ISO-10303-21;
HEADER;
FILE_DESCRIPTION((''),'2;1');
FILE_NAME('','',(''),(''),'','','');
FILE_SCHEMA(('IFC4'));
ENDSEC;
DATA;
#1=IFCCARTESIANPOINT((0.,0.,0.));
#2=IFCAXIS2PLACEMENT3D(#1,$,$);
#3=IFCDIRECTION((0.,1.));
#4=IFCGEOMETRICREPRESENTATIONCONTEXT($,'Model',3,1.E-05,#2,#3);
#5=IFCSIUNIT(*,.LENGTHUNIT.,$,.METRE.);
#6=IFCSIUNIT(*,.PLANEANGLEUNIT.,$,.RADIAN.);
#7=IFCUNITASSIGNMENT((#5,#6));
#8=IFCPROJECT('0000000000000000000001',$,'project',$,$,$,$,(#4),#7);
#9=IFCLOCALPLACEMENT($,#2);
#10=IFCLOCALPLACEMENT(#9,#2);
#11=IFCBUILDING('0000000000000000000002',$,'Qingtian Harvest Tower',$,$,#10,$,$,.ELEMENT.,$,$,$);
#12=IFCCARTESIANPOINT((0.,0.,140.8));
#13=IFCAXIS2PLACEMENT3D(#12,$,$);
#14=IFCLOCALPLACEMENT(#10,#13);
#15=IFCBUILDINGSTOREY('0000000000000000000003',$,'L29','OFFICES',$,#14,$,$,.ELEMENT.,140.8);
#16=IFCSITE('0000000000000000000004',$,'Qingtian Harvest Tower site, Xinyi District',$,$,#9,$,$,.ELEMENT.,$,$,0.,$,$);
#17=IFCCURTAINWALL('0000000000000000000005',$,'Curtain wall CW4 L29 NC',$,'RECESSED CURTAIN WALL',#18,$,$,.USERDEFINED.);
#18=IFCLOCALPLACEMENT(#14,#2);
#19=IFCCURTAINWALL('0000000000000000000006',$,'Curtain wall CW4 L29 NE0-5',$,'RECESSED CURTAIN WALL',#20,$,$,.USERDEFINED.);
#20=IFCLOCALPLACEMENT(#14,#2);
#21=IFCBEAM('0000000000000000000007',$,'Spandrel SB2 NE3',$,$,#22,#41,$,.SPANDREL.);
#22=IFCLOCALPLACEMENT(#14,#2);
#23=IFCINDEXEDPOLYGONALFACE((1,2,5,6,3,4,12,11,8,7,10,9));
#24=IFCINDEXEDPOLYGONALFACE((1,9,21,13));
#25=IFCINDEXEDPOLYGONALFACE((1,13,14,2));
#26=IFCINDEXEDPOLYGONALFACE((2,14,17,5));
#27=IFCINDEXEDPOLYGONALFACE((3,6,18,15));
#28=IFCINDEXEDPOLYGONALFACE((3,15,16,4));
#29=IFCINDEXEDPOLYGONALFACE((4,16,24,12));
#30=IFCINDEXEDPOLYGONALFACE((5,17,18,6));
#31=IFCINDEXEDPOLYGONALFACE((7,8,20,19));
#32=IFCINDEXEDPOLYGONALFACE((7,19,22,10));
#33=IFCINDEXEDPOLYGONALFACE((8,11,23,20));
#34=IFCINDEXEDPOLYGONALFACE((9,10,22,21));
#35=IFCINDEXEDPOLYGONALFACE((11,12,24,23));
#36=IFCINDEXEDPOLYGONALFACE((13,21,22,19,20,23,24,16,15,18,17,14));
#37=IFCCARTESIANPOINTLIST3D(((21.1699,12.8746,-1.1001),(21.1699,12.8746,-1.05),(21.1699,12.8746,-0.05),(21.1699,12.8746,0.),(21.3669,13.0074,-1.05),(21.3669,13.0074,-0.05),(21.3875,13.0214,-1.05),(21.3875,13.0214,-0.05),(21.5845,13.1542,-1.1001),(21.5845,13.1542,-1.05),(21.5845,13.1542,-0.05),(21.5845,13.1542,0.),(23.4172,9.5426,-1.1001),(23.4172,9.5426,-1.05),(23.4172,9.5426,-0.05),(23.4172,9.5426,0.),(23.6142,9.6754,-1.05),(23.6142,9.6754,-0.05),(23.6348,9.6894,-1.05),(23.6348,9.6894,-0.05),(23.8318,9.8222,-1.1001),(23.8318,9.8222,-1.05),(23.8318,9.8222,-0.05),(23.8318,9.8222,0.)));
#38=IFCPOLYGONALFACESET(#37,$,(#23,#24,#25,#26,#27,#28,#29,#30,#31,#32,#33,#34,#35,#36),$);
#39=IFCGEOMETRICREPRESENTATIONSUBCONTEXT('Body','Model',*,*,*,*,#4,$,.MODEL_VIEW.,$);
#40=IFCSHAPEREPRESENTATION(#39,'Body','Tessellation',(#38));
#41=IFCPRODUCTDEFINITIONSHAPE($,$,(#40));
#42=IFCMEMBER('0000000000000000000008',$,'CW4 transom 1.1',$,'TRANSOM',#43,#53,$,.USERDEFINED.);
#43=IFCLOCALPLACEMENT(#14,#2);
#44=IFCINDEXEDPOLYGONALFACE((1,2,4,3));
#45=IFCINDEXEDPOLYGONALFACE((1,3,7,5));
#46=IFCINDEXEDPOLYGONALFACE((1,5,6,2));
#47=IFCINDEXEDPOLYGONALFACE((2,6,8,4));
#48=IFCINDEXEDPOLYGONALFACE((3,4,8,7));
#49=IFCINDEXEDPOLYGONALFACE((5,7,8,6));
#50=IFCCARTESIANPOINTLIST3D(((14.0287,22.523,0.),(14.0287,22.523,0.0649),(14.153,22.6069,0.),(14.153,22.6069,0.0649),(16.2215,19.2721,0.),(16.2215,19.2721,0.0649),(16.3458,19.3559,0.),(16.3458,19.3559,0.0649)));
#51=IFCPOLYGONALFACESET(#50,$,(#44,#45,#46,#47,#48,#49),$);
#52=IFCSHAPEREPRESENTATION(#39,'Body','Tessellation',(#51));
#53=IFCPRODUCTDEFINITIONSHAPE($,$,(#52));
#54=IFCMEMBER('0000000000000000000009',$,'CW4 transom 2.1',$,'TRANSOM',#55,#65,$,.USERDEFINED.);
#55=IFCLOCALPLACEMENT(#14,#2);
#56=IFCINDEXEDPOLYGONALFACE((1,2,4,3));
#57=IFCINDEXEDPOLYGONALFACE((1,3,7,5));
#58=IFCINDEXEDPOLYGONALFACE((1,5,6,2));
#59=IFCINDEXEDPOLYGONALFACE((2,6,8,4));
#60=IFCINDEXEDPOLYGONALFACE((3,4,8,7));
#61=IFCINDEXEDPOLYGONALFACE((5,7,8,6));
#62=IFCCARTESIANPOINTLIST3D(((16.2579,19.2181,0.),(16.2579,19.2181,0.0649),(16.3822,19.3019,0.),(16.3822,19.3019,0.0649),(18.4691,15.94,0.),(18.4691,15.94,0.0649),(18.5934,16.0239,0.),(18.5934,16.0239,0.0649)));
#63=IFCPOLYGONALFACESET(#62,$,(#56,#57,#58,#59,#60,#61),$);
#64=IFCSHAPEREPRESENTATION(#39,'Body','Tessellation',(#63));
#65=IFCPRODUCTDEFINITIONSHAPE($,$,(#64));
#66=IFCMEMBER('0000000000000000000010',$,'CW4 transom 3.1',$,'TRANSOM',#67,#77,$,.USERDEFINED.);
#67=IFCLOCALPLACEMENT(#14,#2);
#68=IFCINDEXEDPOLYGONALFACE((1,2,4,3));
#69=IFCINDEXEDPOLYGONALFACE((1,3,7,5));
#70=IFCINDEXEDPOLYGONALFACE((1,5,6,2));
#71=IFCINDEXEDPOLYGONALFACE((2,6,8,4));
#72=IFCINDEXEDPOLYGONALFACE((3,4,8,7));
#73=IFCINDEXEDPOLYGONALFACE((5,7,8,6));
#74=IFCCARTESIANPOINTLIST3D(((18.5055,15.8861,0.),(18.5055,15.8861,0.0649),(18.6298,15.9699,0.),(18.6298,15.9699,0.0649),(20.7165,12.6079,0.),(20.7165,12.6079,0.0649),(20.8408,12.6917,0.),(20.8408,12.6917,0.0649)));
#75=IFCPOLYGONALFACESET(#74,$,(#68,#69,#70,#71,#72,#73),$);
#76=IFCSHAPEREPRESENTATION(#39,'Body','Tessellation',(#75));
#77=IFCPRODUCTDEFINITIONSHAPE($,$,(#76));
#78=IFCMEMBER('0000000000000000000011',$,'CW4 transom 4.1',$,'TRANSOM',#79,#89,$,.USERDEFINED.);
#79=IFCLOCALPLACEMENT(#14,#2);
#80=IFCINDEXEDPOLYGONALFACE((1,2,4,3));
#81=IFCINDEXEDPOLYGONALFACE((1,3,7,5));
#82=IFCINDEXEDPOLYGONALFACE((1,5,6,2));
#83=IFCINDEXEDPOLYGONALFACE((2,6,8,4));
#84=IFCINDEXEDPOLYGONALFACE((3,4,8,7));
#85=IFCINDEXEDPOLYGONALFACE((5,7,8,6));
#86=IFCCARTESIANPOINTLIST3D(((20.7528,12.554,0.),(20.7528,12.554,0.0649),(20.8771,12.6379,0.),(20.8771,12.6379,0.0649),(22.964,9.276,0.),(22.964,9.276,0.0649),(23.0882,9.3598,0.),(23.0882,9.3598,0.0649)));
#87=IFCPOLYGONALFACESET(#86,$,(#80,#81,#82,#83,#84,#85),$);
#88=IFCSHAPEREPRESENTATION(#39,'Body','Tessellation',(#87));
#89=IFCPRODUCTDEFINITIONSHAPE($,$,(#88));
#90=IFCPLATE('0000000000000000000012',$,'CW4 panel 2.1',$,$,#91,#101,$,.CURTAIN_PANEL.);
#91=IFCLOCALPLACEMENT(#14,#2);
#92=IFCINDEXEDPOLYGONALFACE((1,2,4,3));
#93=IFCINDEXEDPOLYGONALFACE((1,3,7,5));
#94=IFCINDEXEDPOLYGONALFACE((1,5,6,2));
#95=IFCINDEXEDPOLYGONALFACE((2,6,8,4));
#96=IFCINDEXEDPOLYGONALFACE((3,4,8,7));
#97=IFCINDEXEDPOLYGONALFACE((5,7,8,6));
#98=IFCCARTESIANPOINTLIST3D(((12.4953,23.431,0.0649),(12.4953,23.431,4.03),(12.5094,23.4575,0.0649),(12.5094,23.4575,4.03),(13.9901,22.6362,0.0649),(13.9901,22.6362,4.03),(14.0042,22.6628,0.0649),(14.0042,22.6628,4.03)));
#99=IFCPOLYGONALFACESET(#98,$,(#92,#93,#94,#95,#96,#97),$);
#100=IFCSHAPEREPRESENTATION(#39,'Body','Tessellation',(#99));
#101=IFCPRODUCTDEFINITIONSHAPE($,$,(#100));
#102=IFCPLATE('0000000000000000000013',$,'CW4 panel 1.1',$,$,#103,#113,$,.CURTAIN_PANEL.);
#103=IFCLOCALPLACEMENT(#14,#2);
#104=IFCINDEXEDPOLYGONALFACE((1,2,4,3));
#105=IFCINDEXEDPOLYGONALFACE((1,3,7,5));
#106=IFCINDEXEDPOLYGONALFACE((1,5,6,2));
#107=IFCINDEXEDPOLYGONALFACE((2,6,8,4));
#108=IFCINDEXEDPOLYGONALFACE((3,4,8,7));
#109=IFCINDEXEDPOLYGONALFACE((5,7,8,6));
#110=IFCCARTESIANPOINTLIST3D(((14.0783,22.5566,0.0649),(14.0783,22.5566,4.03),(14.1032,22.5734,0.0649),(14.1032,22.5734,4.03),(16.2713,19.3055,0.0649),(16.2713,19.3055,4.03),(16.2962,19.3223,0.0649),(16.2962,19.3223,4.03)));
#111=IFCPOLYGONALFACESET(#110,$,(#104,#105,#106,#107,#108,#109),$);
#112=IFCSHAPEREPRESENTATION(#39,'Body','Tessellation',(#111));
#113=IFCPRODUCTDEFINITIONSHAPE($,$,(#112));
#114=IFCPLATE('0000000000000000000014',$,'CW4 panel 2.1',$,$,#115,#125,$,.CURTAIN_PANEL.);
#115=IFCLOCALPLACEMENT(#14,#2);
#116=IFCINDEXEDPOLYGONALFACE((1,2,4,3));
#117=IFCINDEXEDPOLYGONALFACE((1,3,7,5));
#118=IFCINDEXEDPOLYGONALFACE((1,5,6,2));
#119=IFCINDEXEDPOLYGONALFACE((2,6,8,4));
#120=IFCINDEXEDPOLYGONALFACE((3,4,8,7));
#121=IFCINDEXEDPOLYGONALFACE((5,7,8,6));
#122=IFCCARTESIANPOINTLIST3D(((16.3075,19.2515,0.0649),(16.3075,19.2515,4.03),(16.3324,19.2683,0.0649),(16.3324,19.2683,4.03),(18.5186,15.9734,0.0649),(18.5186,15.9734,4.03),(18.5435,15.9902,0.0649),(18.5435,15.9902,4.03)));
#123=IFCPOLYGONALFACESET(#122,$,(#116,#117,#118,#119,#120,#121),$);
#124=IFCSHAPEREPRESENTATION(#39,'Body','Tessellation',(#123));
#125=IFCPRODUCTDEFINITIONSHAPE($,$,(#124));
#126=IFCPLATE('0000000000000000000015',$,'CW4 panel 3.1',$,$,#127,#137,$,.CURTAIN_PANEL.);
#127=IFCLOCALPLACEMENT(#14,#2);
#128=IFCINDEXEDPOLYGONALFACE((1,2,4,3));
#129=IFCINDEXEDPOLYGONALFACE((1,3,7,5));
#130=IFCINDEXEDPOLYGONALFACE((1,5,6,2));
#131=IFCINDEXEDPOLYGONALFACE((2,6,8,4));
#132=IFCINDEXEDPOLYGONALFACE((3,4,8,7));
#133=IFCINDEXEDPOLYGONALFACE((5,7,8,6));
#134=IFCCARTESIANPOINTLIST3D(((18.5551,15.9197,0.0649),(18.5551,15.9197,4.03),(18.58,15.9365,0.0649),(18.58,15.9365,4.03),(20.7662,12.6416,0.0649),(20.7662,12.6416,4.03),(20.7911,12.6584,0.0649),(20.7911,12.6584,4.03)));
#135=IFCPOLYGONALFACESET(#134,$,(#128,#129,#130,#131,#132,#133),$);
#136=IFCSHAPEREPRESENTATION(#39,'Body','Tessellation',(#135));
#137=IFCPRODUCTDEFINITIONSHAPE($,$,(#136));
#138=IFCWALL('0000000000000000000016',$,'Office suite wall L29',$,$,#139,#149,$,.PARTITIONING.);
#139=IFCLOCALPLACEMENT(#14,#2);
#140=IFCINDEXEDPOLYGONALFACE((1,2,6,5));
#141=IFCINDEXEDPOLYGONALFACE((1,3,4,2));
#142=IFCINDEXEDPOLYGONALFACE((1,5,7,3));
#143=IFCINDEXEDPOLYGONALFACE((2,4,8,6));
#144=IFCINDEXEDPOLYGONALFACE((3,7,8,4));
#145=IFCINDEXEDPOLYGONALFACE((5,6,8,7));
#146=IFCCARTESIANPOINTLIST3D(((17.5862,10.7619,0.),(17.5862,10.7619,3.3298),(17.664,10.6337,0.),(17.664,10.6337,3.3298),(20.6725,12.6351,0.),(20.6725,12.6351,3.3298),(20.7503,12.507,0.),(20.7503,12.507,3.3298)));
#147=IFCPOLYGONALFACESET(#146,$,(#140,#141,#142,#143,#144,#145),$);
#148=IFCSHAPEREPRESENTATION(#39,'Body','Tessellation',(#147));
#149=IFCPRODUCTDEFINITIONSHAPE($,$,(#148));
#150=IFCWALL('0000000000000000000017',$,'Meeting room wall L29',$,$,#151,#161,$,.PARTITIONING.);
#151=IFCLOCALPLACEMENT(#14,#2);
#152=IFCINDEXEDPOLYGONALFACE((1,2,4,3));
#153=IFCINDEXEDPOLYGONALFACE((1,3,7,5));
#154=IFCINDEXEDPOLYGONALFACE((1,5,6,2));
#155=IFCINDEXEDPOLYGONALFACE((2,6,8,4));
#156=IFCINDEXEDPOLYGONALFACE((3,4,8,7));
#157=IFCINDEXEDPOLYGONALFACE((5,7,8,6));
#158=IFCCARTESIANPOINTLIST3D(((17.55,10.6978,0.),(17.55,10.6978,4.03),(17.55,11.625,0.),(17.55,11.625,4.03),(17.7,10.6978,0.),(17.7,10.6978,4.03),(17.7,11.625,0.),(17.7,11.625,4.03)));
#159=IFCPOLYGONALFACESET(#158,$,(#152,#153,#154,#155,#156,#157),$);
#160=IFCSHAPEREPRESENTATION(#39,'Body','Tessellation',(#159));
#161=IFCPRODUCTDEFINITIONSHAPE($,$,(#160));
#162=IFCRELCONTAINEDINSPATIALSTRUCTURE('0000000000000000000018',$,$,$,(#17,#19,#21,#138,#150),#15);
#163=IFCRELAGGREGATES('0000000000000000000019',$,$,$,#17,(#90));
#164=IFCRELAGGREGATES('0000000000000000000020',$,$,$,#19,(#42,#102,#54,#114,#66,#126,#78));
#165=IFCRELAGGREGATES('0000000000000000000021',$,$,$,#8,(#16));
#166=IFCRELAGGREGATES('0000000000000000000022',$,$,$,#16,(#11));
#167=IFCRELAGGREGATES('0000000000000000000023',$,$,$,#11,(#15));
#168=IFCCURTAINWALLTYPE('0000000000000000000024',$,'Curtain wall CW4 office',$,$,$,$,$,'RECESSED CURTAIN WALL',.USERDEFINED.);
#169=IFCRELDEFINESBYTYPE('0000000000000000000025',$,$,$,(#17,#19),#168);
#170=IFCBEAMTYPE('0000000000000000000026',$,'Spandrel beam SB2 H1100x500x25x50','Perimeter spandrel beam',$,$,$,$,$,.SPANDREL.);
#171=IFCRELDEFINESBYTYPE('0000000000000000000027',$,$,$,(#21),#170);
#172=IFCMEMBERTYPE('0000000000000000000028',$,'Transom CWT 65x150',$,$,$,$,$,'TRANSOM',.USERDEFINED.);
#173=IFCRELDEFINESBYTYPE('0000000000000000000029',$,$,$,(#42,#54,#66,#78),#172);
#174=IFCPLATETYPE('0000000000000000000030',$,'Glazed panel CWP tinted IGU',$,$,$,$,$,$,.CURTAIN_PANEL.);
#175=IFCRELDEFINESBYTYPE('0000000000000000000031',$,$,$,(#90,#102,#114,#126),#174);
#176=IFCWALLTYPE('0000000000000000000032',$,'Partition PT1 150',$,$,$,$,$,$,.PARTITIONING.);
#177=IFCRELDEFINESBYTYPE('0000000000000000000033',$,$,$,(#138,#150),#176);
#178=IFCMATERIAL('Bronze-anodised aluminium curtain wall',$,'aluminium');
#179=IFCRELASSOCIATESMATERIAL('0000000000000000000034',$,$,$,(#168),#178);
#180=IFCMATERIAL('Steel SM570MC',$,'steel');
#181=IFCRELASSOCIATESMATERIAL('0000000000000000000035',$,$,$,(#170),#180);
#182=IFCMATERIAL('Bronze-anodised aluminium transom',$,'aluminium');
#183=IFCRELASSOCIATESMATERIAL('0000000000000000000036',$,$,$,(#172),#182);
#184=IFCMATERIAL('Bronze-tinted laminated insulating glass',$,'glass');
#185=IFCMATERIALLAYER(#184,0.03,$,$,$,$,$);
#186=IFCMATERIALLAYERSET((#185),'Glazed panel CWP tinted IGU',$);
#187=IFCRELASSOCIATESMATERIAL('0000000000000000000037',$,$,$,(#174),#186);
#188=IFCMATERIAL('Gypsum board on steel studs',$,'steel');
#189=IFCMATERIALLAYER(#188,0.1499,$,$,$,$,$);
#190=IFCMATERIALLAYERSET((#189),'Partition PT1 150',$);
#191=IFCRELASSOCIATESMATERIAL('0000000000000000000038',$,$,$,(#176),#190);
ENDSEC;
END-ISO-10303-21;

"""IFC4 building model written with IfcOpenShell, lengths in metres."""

from ifc_helpers import new_model, si_unit, direction, frame, frame_2d, origin, origin_2d, place, context, subcontext, project, spatial, rectangle, i_section, extrude, material, layer, layer_set, material_profile, profile_set, type_object, element, aggregate, save


model = new_model("IFC4")

# Units and contexts
model_context = context("Model", 3, precision=1e-05, world=origin(), true_north=direction((0.0, 1.0)))
body_context = subcontext(model_context, "Body", "Model", "MODEL_VIEW")
ifc_project = project(units=[si_unit("LENGTHUNIT", "METRE"), si_unit("PLANEANGLEUNIT", "RADIAN")], contexts=[model_context])

# Site, building, storey
site_placement = place(None, origin())
site = spatial("IfcSite", under=ifc_project, at=site_placement, Name="Qingtian Harvest Tower site, Xinyi District", CompositionType="ELEMENT", RefElevation=0.0)
building_placement = place(site_placement, origin())
building = spatial("IfcBuilding", under=site, at=building_placement, Name="Qingtian Harvest Tower", CompositionType="ELEMENT")
storey_placement = place(building_placement, frame((0.0, 0.0, 140.8)))
storey = spatial("IfcBuildingStorey", under=building, at=storey_placement, Name="L29", Description="OFFICES", CompositionType="ELEMENT", Elevation=140.8)

# Curtain wall
ifc_material_1 = material(Name="Bronze-anodised aluminium curtain wall", Category="aluminium")
curtain_wall_type = type_object("IfcCurtainWallType", Name="Curtain wall CW4 office", ElementType="RECESSED CURTAIN WALL", PredefinedType="USERDEFINED", material=ifc_material_1)
curtain_wall_1_placement = place(storey_placement, origin())
curtain_wall_1 = element("IfcCurtainWall", 1, at=curtain_wall_1_placement, inside=storey, type_object=curtain_wall_type, Name="Curtain wall CW4 L29 NC", ObjectType="RECESSED CURTAIN WALL", PredefinedType="USERDEFINED")

# Curtain wall
curtain_wall_2_placement = place(storey_placement, origin())
curtain_wall_2 = element("IfcCurtainWall", 2, at=curtain_wall_2_placement, inside=storey, type_object=curtain_wall_type, Name="Curtain wall CW4 L29 NE0-5", ObjectType="RECESSED CURTAIN WALL", PredefinedType="USERDEFINED")

# Beam
ifc_material_2 = material(Name="Steel SM570MC", Category="steel")
ifc_material_profile_1 = material_profile(ifc_material_2, i_section(OverallWidth=0.5, OverallDepth=1.1001, WebThickness=0.0249, FlangeThickness=0.05, at=origin_2d()), Name="H1100x500x25x50")
ifc_profile_set_1 = profile_set([ifc_material_profile_1], Name="Steel SM570MC")
beam_type_1 = type_object("IfcBeamType", Name="Spandrel beam SB2 H1100x500x25x50", Description="Perimeter spandrel beam", PredefinedType="SPANDREL", material=ifc_profile_set_1)
beam_1_placement = place(storey_placement, frame((21.3772, 13.0144, -0.55), z_axis=(0.559164, -0.829057, 0.0), x_axis=(0.829057, 0.559164, 0.0)))
element("IfcBeam", 3, at=beam_1_placement, inside=storey, type_object=beam_type_1, Name="Spandrel SB2 NE3", PredefinedType="SPANDREL", context=body_context, shape_type="SweptSolid", body=[
    extrude(i_section(OverallWidth=0.5, OverallDepth=1.1001, WebThickness=0.0249, FlangeThickness=0.05, at=origin_2d()), origin(), (0.0, 0.0, 1.0), 4.019),
])

# Members
ifc_material_3 = material(Name="Bronze-anodised aluminium transom", Category="aluminium")
ifc_material_profile_2 = material_profile(ifc_material_3, rectangle(XDim=0.1499, YDim=0.0649, at=origin_2d()), Name="AL 65x150")
ifc_profile_set_2 = profile_set([ifc_material_profile_2], Name="Bronze-anodised aluminium transom")
member_type_1 = type_object("IfcMemberType", Name="Transom CWT 65x150", ElementType="TRANSOM", PredefinedType="USERDEFINED", material=ifc_profile_set_2)
member_1_placement = place(storey_placement, frame((14.0908, 22.5649, 0.0325), z_axis=(0.559203, -0.829031, 0.0), x_axis=(0.829031, 0.559203, 0.0)))
member_1 = element("IfcMember", 4, at=member_1_placement, type_object=member_type_1, Name="CW4 transom 1.1", ObjectType="TRANSOM", PredefinedType="USERDEFINED", context=body_context, shape_type="SweptSolid", body=[
    extrude(rectangle(XDim=0.1499, YDim=0.0649, at=origin_2d()), origin(), (0.0, 0.0, 1.0), 3.9214),
])
member_2_placement = place(storey_placement, frame((16.3201, 19.26, 0.0325), z_axis=(0.559209, -0.829027, 0.0), x_axis=(0.829027, 0.559209, 0.0)))
member_2 = element("IfcMember", 5, at=member_2_placement, type_object=member_type_1, Name="CW4 transom 2.1", ObjectType="TRANSOM", PredefinedType="USERDEFINED", context=body_context, shape_type="SweptSolid", body=[
    extrude(rectangle(XDim=0.1499, YDim=0.0649, at=origin_2d()), origin(), (0.0, 0.0, 1.0), 3.9541),
])
member_3_placement = place(storey_placement, frame((18.5676, 15.928, 0.0325), z_axis=(0.559166, -0.829055, 0.0), x_axis=(0.829055, 0.559166, 0.0)))
member_3 = element("IfcMember", 6, at=member_3_placement, type_object=member_type_1, Name="CW4 transom 3.1", ObjectType="TRANSOM", PredefinedType="USERDEFINED", context=body_context, shape_type="SweptSolid", body=[
    extrude(rectangle(XDim=0.1499, YDim=0.0649, at=origin_2d()), origin(), (0.0, 0.0, 1.0), 3.9541),
])
member_4_placement = place(storey_placement, frame((20.8149, 12.5959, 0.0325), z_axis=(0.559209, -0.829027, 0.0), x_axis=(0.829027, 0.559209, 0.0)))
member_4 = element("IfcMember", 7, at=member_4_placement, type_object=member_type_1, Name="CW4 transom 4.1", ObjectType="TRANSOM", PredefinedType="USERDEFINED", context=body_context, shape_type="SweptSolid", body=[
    extrude(rectangle(XDim=0.1499, YDim=0.0649, at=origin_2d()), origin(), (0.0, 0.0, 1.0), 3.9541),
])

# Plates
ifc_material_4 = material(Name="Bronze-tinted laminated insulating glass", Category="glass")
ifc_layer_1 = layer(ifc_material_4, 0.03)
ifc_layer_set_1 = layer_set([ifc_layer_1], Name="Glazed panel CWP tinted IGU")
plate_type = type_object("IfcPlateType", Name="Glazed panel CWP tinted IGU", PredefinedType="CURTAIN_PANEL", material=ifc_layer_set_1)
plate_1_placement = place(storey_placement, frame((13.2498, 23.0469, 0.0649), z_axis=(0.0, 0.0, 1.0), x_axis=(0.882948, -0.469472, 0.0)))
plate_1 = element("IfcPlate", 8, at=plate_1_placement, type_object=plate_type, Name="CW4 panel 2.1", PredefinedType="CURTAIN_PANEL", context=body_context, shape_type="SweptSolid", body=[
    extrude(rectangle(XDim=1.6929, YDim=0.03, at=origin_2d()), origin(), (0.0, 0.0, 1.0), 3.9651),
])
aggregate(curtain_wall_1, [plate_1])
plate_2_placement = place(storey_placement, frame((15.1873, 20.9395, 0.0649), z_axis=(0.0, 0.0, 1.0), x_axis=(0.559193, -0.829038, 0.0)))
plate_2 = element("IfcPlate", 9, at=plate_2_placement, type_object=plate_type, Name="CW4 panel 1.1", PredefinedType="CURTAIN_PANEL", context=body_context, shape_type="SweptSolid", body=[
    extrude(rectangle(XDim=3.9216, YDim=0.03, at=origin_2d()), origin(), (0.0, 0.0, 1.0), 3.9651),
])
plate_3_placement = place(storey_placement, frame((17.4255, 17.6208, 0.0649), z_axis=(0.0, 0.0, 1.0), x_axis=(0.559193, -0.829038, 0.0)))
plate_3 = element("IfcPlate", 10, at=plate_3_placement, type_object=plate_type, Name="CW4 panel 2.1", PredefinedType="CURTAIN_PANEL", context=body_context, shape_type="SweptSolid", body=[
    extrude(rectangle(XDim=3.9541, YDim=0.03, at=origin_2d()), origin(), (0.0, 0.0, 1.0), 3.9651),
])
plate_4_placement = place(storey_placement, frame((19.6731, 14.2891, 0.0649), z_axis=(0.0, 0.0, 1.0), x_axis=(0.559193, -0.829038, 0.0)))
plate_4 = element("IfcPlate", 11, at=plate_4_placement, type_object=plate_type, Name="CW4 panel 3.1", PredefinedType="CURTAIN_PANEL", context=body_context, shape_type="SweptSolid", body=[
    extrude(rectangle(XDim=3.9541, YDim=0.03, at=origin_2d()), origin(), (0.0, 0.0, 1.0), 3.9651),
])
aggregate(curtain_wall_2, [member_1, plate_2, member_2, plate_3, member_3, plate_4, member_4])

# Walls
ifc_material_5 = material(Name="Gypsum board on steel studs", Category="steel")
ifc_layer_2 = layer(ifc_material_5, 0.1499)
ifc_layer_set_2 = layer_set([ifc_layer_2], Name="Partition PT1 150")
wall_type = type_object("IfcWallType", Name="Partition PT1 150", PredefinedType="PARTITIONING", material=ifc_layer_set_2)
wall_1_placement = place(storey_placement, frame((20.7114, 12.571, 0.0), z_axis=(0.0, 0.0, 1.0), x_axis=(-0.854863, -0.518855, 0.0)))
element("IfcWall", 12, at=wall_1_placement, inside=storey, type_object=wall_type, Name="Office suite wall L29", PredefinedType="PARTITIONING", context=body_context, shape_type="SweptSolid", body=[
    extrude(rectangle(XDim=3.6104, YDim=0.1499, at=frame_2d((1.8052, 0.0))), origin(), (0.0, 0.0, 1.0), 3.3298),
])
wall_2_placement = place(storey_placement, frame((17.625, 11.625, 0.0), z_axis=(0.0, 0.0, 1.0), x_axis=(0.0, -1.0, 0.0)))
element("IfcWall", 13, at=wall_2_placement, inside=storey, type_object=wall_type, Name="Meeting room wall L29", PredefinedType="PARTITIONING", context=body_context, shape_type="SweptSolid", body=[
    extrude(rectangle(XDim=0.9272, YDim=0.1499, at=frame_2d((0.4636, 0.0))), origin(), (0.0, 0.0, 1.0), 4.03),
])

save(model, "model.ifc")
